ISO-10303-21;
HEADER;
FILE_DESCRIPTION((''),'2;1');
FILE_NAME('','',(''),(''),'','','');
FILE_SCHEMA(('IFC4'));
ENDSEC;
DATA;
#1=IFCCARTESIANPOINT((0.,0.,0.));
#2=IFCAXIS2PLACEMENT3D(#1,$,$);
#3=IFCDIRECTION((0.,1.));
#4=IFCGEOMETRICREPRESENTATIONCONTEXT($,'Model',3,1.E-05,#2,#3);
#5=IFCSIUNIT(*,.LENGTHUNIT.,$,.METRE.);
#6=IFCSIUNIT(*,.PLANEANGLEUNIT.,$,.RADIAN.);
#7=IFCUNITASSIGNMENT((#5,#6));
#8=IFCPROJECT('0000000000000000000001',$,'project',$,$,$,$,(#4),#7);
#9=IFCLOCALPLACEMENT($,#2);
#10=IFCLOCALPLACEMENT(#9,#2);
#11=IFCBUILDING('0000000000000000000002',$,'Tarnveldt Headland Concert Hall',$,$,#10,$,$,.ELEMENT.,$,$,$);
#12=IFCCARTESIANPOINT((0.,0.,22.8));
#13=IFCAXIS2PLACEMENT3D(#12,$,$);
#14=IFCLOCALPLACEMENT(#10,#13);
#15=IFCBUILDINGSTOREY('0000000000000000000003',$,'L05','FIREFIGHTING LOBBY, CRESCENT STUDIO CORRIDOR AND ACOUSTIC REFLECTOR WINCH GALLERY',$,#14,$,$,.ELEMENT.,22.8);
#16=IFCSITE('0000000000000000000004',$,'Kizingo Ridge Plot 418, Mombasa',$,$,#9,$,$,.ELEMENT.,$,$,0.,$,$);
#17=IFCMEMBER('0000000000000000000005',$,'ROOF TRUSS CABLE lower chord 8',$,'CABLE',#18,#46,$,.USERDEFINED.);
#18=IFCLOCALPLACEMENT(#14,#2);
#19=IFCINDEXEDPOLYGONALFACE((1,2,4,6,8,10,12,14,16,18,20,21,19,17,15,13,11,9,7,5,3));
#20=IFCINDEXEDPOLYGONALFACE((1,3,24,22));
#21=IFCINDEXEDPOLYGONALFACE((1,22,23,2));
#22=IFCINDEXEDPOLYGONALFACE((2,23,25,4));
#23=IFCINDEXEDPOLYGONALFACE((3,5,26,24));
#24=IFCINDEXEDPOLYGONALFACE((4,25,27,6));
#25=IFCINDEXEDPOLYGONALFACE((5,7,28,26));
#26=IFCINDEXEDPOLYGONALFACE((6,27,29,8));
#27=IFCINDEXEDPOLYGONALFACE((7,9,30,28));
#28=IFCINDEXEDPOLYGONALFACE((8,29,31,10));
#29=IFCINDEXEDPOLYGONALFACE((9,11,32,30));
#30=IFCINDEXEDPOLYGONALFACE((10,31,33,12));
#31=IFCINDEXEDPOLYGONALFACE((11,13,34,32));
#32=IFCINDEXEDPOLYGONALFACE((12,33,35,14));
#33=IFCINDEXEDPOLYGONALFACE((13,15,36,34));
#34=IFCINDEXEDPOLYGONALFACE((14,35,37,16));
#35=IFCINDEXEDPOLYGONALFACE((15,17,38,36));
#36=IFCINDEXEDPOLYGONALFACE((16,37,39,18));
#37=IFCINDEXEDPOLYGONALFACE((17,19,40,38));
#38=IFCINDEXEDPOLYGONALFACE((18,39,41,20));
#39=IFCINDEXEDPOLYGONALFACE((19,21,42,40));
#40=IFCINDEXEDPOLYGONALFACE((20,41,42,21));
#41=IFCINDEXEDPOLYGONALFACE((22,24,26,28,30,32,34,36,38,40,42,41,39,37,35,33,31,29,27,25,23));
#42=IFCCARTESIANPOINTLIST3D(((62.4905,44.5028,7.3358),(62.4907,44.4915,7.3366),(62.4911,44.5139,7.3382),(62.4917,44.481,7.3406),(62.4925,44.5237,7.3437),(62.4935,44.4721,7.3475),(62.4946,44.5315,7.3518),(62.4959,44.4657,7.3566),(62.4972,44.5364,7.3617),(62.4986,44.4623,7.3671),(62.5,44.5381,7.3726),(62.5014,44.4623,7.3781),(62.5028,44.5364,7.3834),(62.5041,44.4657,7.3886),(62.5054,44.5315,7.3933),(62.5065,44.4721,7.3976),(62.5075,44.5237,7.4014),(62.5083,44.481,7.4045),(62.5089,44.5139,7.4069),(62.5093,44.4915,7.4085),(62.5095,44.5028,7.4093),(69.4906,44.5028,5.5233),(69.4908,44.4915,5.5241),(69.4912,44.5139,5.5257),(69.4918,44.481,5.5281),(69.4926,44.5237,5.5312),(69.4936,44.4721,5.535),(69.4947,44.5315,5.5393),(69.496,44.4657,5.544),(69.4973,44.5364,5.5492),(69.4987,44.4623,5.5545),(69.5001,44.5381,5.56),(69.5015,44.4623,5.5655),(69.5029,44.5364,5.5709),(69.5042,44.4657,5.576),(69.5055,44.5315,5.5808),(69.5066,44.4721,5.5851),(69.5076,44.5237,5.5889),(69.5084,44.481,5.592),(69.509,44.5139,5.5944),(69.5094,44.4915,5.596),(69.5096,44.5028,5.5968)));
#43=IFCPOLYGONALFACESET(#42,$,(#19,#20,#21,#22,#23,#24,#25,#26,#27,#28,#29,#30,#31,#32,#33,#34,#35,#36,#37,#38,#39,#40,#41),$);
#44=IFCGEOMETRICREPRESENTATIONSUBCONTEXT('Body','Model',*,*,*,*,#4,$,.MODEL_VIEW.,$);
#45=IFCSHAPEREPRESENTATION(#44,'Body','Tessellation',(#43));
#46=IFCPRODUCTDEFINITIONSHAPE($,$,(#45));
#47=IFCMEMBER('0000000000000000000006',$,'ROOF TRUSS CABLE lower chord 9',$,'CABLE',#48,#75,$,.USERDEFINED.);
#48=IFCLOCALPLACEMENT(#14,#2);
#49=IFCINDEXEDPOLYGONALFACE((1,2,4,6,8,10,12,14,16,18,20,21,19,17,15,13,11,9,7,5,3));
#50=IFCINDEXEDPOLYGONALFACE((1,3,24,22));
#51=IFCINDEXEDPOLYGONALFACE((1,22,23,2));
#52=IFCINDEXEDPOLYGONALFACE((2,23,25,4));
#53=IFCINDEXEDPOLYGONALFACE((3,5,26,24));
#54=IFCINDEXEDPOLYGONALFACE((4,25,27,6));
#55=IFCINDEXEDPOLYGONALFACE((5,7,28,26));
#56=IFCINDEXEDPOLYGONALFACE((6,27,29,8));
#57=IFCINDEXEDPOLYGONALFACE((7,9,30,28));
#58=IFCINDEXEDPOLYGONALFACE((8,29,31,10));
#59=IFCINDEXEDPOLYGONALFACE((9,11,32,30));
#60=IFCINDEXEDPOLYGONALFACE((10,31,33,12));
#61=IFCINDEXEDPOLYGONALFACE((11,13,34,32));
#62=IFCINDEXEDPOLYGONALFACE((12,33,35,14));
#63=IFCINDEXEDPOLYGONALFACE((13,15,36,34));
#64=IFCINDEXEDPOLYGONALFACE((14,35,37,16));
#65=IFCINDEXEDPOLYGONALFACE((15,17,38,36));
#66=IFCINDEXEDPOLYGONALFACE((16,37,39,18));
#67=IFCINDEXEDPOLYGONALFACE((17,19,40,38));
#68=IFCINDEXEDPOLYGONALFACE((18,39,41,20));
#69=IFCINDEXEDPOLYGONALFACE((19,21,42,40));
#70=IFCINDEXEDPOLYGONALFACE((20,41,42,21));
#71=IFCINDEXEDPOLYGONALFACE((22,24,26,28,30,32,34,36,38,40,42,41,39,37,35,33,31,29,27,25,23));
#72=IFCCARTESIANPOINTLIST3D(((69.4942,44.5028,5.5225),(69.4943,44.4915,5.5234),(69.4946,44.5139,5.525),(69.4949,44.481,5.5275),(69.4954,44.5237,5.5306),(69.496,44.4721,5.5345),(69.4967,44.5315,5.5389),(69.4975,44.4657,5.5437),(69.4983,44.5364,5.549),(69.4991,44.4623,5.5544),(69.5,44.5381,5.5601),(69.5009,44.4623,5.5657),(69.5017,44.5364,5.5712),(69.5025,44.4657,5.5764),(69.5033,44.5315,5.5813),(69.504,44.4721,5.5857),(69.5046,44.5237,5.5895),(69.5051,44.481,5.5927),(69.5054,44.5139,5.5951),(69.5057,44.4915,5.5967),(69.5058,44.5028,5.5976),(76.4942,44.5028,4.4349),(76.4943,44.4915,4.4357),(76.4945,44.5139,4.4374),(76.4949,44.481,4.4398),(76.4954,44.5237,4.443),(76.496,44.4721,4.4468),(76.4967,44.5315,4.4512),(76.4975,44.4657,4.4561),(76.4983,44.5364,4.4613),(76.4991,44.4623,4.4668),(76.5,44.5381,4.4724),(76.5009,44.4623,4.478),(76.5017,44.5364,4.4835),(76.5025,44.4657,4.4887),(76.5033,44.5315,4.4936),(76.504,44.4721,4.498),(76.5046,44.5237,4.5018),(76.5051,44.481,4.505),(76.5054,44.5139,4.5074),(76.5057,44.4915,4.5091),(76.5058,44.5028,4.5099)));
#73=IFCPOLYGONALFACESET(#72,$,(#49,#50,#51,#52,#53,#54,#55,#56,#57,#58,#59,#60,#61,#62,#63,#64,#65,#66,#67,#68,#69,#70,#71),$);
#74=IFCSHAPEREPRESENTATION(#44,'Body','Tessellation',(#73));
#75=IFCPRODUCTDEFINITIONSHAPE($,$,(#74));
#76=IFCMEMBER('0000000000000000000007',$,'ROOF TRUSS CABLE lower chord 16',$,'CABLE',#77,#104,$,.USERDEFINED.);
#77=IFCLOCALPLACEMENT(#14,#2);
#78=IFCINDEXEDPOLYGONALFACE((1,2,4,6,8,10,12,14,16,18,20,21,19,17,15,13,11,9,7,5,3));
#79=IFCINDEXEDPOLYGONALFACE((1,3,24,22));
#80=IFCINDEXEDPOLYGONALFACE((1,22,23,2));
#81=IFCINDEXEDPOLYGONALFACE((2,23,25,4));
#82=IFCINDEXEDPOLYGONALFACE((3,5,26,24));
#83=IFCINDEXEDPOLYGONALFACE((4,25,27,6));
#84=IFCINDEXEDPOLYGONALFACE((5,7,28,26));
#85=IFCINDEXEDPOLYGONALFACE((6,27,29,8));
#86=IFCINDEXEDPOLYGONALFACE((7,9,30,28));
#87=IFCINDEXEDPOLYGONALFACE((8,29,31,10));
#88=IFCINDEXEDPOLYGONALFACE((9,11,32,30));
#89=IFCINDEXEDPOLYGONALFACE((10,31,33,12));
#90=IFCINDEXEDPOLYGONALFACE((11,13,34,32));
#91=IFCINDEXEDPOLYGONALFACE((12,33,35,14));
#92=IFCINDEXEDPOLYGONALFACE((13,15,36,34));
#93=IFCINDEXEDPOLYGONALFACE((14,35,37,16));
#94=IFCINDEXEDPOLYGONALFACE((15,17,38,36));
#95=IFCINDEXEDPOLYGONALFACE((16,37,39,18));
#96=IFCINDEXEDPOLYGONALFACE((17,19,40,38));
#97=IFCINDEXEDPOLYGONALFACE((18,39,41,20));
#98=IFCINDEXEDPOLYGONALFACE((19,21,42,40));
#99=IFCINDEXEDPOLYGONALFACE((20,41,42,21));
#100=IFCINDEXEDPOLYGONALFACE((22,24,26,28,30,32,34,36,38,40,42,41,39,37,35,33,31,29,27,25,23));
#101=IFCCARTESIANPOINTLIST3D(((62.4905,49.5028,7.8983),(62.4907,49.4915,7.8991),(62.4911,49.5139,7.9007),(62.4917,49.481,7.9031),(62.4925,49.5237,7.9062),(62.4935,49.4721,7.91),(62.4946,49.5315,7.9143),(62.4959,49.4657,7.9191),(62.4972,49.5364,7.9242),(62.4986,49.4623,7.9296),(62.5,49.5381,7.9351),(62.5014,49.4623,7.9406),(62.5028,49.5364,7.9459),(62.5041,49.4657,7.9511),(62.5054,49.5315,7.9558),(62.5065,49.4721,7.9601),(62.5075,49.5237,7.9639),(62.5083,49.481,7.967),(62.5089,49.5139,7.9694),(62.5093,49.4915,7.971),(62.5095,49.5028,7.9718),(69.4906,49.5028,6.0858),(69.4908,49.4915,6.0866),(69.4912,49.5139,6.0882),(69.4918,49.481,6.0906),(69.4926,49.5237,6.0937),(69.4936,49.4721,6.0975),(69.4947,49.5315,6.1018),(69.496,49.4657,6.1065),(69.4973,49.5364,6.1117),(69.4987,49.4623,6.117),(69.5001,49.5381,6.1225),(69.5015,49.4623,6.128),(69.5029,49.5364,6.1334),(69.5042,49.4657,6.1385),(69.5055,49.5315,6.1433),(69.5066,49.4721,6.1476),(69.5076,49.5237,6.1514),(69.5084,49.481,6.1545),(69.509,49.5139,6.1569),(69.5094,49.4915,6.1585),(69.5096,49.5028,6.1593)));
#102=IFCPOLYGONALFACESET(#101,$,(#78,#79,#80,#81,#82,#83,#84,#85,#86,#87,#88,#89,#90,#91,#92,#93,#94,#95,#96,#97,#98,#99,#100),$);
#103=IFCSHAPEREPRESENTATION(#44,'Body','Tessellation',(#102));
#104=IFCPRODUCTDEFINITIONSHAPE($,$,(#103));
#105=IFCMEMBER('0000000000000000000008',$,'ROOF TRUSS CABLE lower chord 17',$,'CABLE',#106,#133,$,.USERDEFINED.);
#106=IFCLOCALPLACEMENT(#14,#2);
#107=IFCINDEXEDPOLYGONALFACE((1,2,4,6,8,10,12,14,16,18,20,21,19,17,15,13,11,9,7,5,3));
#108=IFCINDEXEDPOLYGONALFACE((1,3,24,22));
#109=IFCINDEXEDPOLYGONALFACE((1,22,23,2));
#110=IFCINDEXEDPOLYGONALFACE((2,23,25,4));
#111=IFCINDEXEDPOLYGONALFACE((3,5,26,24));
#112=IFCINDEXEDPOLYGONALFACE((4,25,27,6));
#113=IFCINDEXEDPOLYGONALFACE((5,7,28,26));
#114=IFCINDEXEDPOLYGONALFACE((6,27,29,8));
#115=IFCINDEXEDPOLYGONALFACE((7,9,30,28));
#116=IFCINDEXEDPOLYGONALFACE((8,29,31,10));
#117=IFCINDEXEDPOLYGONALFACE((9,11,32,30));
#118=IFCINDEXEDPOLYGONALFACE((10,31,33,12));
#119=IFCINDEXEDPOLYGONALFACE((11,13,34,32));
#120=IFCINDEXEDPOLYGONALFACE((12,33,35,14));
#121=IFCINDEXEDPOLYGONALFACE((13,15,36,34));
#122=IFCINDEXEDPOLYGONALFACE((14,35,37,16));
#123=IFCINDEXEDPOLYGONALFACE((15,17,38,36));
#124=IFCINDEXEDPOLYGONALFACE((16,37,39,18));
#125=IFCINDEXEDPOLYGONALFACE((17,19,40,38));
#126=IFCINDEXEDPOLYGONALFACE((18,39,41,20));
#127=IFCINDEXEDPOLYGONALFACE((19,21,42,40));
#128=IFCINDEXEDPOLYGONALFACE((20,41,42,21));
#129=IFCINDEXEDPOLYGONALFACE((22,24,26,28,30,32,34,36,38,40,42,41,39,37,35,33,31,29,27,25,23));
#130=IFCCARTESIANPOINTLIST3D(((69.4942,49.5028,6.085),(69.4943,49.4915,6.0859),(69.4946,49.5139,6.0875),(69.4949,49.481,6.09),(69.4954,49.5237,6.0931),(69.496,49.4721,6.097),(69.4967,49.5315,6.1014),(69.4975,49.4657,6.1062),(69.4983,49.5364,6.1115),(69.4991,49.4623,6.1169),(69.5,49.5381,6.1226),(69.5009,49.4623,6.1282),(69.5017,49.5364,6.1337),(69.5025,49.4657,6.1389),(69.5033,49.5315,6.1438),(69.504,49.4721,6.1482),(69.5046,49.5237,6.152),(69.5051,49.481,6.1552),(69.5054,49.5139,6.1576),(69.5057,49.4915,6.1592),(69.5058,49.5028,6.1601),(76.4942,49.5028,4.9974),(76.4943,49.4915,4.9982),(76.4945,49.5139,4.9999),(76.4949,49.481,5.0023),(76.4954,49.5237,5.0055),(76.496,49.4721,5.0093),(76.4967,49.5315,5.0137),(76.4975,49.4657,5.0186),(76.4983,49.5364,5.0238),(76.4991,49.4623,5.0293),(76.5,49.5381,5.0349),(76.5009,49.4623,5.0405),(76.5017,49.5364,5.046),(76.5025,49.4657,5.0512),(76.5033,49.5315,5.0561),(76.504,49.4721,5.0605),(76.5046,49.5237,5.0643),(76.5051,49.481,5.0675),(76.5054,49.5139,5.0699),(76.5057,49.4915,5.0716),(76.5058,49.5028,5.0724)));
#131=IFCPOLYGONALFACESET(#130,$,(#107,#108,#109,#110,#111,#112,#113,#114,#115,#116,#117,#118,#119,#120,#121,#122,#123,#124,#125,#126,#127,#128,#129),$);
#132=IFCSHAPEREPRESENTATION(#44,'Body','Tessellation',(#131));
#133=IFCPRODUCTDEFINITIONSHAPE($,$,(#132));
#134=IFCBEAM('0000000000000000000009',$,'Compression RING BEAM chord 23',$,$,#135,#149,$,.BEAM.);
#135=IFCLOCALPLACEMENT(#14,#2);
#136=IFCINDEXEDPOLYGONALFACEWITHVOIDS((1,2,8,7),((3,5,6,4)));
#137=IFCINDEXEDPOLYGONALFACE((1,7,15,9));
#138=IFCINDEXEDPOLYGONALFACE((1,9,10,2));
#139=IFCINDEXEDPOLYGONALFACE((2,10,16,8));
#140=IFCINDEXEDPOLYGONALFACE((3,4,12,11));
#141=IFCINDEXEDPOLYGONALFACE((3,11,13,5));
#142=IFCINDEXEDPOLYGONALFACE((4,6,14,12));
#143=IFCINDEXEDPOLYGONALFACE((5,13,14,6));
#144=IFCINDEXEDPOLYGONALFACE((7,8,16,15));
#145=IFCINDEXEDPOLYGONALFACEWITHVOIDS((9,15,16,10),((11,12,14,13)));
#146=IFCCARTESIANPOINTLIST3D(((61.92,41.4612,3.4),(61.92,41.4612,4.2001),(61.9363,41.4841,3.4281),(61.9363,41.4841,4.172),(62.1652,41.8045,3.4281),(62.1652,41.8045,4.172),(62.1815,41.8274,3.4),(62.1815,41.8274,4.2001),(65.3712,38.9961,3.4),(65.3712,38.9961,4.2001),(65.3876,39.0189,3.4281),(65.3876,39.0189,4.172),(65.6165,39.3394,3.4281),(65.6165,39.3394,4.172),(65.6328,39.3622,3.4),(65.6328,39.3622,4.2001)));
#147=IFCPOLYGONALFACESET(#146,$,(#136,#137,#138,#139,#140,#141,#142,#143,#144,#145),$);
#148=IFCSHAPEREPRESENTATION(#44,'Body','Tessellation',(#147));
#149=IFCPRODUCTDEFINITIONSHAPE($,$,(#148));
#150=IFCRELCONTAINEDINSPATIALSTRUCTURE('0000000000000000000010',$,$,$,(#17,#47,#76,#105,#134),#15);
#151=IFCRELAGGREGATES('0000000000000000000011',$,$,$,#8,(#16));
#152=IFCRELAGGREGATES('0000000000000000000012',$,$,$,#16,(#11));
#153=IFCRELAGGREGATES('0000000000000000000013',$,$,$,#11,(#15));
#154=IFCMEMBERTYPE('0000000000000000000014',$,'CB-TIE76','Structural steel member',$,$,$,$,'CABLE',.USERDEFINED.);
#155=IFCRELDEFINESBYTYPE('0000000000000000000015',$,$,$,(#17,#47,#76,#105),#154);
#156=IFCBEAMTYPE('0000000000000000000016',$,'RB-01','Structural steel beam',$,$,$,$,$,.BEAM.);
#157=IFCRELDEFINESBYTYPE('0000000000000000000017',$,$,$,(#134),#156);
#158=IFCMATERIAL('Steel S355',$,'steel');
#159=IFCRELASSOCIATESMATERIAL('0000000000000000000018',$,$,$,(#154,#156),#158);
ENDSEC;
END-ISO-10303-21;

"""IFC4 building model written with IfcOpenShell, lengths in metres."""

from ifc_helpers import new_model, si_unit, direction, frame, origin, origin_2d, place, context, subcontext, project, spatial, hollow_rectangle, circle, extrude, material, material_profile, profile_set, type_object, element, save


model = new_model("IFC4")

# Units and contexts
model_context = context("Model", 3, precision=1e-05, world=origin(), true_north=direction((0.0, 1.0)))
body_context = subcontext(model_context, "Body", "Model", "MODEL_VIEW")
ifc_project = project(units=[si_unit("LENGTHUNIT", "METRE"), si_unit("PLANEANGLEUNIT", "RADIAN")], contexts=[model_context])

# Site, building, storey
site_placement = place(None, origin())
site = spatial("IfcSite", under=ifc_project, at=site_placement, Name="Kizingo Ridge Plot 418, Mombasa", CompositionType="ELEMENT", RefElevation=0.0)
building_placement = place(site_placement, origin())
building = spatial("IfcBuilding", under=site, at=building_placement, Name="Tarnveldt Headland Concert Hall", CompositionType="ELEMENT")
storey_placement = place(building_placement, frame((0.0, 0.0, 22.8)))
storey = spatial("IfcBuildingStorey", under=building, at=storey_placement, Name="L05", Description="FIREFIGHTING LOBBY, CRESCENT STUDIO CORRIDOR AND ACOUSTIC REFLECTOR WINCH GALLERY", CompositionType="ELEMENT", Elevation=22.8)

# Members
ifc_material_1 = material(Name="Steel S355", Category="steel")
ifc_material_profile_1 = material_profile(ifc_material_1, circle(Radius=0.0381, at=origin_2d()), Name="LC D76", Category="steel")
ifc_profile_set_1 = profile_set([ifc_material_profile_1], Name="Steel S355")
member_type_1 = type_object("IfcMemberType", Name="CB-TIE76", Description="Structural steel member", ElementType="CABLE", PredefinedType="USERDEFINED", material=ifc_profile_set_1)
member_1_placement = place(storey_placement, frame((62.5, 44.5, 7.3726), z_axis=(0.968075, 0.0, -0.250662), x_axis=(0.0, 1.0, 0.0)))
element("IfcMember", 1, at=member_1_placement, inside=storey, type_object=member_type_1, Name="ROOF TRUSS CABLE lower chord 8", ObjectType="CABLE", PredefinedType="USERDEFINED", context=body_context, shape_type="SweptSolid", body=[
    extrude(circle(Radius=0.0381, at=origin_2d()), origin(), (0.0, 0.0, 1.0), 7.231),
])
member_2_placement = place(storey_placement, frame((69.5, 44.5, 5.5601), z_axis=(0.988143, 0.0, -0.153536), x_axis=(0.0, 1.0, 0.0)))
element("IfcMember", 2, at=member_2_placement, inside=storey, type_object=member_type_1, Name="ROOF TRUSS CABLE lower chord 9", ObjectType="CABLE", PredefinedType="USERDEFINED", context=body_context, shape_type="SweptSolid", body=[
    extrude(circle(Radius=0.0381, at=origin_2d()), origin(), (0.0, 0.0, 1.0), 7.084),
])
member_3_placement = place(storey_placement, frame((62.5, 49.5, 7.9351), z_axis=(0.968075, 0.0, -0.250662), x_axis=(0.0, 1.0, 0.0)))
element("IfcMember", 3, at=member_3_placement, inside=storey, type_object=member_type_1, Name="ROOF TRUSS CABLE lower chord 16", ObjectType="CABLE", PredefinedType="USERDEFINED", context=body_context, shape_type="SweptSolid", body=[
    extrude(circle(Radius=0.0381, at=origin_2d()), origin(), (0.0, 0.0, 1.0), 7.231),
])
member_4_placement = place(storey_placement, frame((69.5, 49.5, 6.1226), z_axis=(0.988143, 0.0, -0.153536), x_axis=(0.0, 1.0, 0.0)))
element("IfcMember", 4, at=member_4_placement, inside=storey, type_object=member_type_1, Name="ROOF TRUSS CABLE lower chord 17", ObjectType="CABLE", PredefinedType="USERDEFINED", context=body_context, shape_type="SweptSolid", body=[
    extrude(circle(Radius=0.0381, at=origin_2d()), origin(), (0.0, 0.0, 1.0), 7.084),
])

# Beam
ifc_material_profile_2 = material_profile(ifc_material_1, hollow_rectangle(XDim=0.45, YDim=0.8, WallThickness=0.0281, at=origin_2d()), Name="RHS 800x450x28", Category="steel")
ifc_profile_set_2 = profile_set([ifc_material_profile_2], Name="Steel S355")
beam_type = type_object("IfcBeamType", Name="RB-01", Description="Structural steel beam", PredefinedType="BEAM", material=ifc_profile_set_2)
beam_placement = place(storey_placement, frame((62.0508, 41.6443, 3.8), z_axis=(0.813737, -0.581233, 0.0), x_axis=(0.581233, 0.813737, 0.0)))
element("IfcBeam", 5, at=beam_placement, inside=storey, type_object=beam_type, Name="Compression RING BEAM chord 23", PredefinedType="BEAM", context=body_context, shape_type="SweptSolid", body=[
    extrude(hollow_rectangle(XDim=0.45, YDim=0.8, WallThickness=0.0281, at=origin_2d()), origin(), (0.0, 0.0, 1.0), 4.2412),
])

save(model, "model.ifc")
